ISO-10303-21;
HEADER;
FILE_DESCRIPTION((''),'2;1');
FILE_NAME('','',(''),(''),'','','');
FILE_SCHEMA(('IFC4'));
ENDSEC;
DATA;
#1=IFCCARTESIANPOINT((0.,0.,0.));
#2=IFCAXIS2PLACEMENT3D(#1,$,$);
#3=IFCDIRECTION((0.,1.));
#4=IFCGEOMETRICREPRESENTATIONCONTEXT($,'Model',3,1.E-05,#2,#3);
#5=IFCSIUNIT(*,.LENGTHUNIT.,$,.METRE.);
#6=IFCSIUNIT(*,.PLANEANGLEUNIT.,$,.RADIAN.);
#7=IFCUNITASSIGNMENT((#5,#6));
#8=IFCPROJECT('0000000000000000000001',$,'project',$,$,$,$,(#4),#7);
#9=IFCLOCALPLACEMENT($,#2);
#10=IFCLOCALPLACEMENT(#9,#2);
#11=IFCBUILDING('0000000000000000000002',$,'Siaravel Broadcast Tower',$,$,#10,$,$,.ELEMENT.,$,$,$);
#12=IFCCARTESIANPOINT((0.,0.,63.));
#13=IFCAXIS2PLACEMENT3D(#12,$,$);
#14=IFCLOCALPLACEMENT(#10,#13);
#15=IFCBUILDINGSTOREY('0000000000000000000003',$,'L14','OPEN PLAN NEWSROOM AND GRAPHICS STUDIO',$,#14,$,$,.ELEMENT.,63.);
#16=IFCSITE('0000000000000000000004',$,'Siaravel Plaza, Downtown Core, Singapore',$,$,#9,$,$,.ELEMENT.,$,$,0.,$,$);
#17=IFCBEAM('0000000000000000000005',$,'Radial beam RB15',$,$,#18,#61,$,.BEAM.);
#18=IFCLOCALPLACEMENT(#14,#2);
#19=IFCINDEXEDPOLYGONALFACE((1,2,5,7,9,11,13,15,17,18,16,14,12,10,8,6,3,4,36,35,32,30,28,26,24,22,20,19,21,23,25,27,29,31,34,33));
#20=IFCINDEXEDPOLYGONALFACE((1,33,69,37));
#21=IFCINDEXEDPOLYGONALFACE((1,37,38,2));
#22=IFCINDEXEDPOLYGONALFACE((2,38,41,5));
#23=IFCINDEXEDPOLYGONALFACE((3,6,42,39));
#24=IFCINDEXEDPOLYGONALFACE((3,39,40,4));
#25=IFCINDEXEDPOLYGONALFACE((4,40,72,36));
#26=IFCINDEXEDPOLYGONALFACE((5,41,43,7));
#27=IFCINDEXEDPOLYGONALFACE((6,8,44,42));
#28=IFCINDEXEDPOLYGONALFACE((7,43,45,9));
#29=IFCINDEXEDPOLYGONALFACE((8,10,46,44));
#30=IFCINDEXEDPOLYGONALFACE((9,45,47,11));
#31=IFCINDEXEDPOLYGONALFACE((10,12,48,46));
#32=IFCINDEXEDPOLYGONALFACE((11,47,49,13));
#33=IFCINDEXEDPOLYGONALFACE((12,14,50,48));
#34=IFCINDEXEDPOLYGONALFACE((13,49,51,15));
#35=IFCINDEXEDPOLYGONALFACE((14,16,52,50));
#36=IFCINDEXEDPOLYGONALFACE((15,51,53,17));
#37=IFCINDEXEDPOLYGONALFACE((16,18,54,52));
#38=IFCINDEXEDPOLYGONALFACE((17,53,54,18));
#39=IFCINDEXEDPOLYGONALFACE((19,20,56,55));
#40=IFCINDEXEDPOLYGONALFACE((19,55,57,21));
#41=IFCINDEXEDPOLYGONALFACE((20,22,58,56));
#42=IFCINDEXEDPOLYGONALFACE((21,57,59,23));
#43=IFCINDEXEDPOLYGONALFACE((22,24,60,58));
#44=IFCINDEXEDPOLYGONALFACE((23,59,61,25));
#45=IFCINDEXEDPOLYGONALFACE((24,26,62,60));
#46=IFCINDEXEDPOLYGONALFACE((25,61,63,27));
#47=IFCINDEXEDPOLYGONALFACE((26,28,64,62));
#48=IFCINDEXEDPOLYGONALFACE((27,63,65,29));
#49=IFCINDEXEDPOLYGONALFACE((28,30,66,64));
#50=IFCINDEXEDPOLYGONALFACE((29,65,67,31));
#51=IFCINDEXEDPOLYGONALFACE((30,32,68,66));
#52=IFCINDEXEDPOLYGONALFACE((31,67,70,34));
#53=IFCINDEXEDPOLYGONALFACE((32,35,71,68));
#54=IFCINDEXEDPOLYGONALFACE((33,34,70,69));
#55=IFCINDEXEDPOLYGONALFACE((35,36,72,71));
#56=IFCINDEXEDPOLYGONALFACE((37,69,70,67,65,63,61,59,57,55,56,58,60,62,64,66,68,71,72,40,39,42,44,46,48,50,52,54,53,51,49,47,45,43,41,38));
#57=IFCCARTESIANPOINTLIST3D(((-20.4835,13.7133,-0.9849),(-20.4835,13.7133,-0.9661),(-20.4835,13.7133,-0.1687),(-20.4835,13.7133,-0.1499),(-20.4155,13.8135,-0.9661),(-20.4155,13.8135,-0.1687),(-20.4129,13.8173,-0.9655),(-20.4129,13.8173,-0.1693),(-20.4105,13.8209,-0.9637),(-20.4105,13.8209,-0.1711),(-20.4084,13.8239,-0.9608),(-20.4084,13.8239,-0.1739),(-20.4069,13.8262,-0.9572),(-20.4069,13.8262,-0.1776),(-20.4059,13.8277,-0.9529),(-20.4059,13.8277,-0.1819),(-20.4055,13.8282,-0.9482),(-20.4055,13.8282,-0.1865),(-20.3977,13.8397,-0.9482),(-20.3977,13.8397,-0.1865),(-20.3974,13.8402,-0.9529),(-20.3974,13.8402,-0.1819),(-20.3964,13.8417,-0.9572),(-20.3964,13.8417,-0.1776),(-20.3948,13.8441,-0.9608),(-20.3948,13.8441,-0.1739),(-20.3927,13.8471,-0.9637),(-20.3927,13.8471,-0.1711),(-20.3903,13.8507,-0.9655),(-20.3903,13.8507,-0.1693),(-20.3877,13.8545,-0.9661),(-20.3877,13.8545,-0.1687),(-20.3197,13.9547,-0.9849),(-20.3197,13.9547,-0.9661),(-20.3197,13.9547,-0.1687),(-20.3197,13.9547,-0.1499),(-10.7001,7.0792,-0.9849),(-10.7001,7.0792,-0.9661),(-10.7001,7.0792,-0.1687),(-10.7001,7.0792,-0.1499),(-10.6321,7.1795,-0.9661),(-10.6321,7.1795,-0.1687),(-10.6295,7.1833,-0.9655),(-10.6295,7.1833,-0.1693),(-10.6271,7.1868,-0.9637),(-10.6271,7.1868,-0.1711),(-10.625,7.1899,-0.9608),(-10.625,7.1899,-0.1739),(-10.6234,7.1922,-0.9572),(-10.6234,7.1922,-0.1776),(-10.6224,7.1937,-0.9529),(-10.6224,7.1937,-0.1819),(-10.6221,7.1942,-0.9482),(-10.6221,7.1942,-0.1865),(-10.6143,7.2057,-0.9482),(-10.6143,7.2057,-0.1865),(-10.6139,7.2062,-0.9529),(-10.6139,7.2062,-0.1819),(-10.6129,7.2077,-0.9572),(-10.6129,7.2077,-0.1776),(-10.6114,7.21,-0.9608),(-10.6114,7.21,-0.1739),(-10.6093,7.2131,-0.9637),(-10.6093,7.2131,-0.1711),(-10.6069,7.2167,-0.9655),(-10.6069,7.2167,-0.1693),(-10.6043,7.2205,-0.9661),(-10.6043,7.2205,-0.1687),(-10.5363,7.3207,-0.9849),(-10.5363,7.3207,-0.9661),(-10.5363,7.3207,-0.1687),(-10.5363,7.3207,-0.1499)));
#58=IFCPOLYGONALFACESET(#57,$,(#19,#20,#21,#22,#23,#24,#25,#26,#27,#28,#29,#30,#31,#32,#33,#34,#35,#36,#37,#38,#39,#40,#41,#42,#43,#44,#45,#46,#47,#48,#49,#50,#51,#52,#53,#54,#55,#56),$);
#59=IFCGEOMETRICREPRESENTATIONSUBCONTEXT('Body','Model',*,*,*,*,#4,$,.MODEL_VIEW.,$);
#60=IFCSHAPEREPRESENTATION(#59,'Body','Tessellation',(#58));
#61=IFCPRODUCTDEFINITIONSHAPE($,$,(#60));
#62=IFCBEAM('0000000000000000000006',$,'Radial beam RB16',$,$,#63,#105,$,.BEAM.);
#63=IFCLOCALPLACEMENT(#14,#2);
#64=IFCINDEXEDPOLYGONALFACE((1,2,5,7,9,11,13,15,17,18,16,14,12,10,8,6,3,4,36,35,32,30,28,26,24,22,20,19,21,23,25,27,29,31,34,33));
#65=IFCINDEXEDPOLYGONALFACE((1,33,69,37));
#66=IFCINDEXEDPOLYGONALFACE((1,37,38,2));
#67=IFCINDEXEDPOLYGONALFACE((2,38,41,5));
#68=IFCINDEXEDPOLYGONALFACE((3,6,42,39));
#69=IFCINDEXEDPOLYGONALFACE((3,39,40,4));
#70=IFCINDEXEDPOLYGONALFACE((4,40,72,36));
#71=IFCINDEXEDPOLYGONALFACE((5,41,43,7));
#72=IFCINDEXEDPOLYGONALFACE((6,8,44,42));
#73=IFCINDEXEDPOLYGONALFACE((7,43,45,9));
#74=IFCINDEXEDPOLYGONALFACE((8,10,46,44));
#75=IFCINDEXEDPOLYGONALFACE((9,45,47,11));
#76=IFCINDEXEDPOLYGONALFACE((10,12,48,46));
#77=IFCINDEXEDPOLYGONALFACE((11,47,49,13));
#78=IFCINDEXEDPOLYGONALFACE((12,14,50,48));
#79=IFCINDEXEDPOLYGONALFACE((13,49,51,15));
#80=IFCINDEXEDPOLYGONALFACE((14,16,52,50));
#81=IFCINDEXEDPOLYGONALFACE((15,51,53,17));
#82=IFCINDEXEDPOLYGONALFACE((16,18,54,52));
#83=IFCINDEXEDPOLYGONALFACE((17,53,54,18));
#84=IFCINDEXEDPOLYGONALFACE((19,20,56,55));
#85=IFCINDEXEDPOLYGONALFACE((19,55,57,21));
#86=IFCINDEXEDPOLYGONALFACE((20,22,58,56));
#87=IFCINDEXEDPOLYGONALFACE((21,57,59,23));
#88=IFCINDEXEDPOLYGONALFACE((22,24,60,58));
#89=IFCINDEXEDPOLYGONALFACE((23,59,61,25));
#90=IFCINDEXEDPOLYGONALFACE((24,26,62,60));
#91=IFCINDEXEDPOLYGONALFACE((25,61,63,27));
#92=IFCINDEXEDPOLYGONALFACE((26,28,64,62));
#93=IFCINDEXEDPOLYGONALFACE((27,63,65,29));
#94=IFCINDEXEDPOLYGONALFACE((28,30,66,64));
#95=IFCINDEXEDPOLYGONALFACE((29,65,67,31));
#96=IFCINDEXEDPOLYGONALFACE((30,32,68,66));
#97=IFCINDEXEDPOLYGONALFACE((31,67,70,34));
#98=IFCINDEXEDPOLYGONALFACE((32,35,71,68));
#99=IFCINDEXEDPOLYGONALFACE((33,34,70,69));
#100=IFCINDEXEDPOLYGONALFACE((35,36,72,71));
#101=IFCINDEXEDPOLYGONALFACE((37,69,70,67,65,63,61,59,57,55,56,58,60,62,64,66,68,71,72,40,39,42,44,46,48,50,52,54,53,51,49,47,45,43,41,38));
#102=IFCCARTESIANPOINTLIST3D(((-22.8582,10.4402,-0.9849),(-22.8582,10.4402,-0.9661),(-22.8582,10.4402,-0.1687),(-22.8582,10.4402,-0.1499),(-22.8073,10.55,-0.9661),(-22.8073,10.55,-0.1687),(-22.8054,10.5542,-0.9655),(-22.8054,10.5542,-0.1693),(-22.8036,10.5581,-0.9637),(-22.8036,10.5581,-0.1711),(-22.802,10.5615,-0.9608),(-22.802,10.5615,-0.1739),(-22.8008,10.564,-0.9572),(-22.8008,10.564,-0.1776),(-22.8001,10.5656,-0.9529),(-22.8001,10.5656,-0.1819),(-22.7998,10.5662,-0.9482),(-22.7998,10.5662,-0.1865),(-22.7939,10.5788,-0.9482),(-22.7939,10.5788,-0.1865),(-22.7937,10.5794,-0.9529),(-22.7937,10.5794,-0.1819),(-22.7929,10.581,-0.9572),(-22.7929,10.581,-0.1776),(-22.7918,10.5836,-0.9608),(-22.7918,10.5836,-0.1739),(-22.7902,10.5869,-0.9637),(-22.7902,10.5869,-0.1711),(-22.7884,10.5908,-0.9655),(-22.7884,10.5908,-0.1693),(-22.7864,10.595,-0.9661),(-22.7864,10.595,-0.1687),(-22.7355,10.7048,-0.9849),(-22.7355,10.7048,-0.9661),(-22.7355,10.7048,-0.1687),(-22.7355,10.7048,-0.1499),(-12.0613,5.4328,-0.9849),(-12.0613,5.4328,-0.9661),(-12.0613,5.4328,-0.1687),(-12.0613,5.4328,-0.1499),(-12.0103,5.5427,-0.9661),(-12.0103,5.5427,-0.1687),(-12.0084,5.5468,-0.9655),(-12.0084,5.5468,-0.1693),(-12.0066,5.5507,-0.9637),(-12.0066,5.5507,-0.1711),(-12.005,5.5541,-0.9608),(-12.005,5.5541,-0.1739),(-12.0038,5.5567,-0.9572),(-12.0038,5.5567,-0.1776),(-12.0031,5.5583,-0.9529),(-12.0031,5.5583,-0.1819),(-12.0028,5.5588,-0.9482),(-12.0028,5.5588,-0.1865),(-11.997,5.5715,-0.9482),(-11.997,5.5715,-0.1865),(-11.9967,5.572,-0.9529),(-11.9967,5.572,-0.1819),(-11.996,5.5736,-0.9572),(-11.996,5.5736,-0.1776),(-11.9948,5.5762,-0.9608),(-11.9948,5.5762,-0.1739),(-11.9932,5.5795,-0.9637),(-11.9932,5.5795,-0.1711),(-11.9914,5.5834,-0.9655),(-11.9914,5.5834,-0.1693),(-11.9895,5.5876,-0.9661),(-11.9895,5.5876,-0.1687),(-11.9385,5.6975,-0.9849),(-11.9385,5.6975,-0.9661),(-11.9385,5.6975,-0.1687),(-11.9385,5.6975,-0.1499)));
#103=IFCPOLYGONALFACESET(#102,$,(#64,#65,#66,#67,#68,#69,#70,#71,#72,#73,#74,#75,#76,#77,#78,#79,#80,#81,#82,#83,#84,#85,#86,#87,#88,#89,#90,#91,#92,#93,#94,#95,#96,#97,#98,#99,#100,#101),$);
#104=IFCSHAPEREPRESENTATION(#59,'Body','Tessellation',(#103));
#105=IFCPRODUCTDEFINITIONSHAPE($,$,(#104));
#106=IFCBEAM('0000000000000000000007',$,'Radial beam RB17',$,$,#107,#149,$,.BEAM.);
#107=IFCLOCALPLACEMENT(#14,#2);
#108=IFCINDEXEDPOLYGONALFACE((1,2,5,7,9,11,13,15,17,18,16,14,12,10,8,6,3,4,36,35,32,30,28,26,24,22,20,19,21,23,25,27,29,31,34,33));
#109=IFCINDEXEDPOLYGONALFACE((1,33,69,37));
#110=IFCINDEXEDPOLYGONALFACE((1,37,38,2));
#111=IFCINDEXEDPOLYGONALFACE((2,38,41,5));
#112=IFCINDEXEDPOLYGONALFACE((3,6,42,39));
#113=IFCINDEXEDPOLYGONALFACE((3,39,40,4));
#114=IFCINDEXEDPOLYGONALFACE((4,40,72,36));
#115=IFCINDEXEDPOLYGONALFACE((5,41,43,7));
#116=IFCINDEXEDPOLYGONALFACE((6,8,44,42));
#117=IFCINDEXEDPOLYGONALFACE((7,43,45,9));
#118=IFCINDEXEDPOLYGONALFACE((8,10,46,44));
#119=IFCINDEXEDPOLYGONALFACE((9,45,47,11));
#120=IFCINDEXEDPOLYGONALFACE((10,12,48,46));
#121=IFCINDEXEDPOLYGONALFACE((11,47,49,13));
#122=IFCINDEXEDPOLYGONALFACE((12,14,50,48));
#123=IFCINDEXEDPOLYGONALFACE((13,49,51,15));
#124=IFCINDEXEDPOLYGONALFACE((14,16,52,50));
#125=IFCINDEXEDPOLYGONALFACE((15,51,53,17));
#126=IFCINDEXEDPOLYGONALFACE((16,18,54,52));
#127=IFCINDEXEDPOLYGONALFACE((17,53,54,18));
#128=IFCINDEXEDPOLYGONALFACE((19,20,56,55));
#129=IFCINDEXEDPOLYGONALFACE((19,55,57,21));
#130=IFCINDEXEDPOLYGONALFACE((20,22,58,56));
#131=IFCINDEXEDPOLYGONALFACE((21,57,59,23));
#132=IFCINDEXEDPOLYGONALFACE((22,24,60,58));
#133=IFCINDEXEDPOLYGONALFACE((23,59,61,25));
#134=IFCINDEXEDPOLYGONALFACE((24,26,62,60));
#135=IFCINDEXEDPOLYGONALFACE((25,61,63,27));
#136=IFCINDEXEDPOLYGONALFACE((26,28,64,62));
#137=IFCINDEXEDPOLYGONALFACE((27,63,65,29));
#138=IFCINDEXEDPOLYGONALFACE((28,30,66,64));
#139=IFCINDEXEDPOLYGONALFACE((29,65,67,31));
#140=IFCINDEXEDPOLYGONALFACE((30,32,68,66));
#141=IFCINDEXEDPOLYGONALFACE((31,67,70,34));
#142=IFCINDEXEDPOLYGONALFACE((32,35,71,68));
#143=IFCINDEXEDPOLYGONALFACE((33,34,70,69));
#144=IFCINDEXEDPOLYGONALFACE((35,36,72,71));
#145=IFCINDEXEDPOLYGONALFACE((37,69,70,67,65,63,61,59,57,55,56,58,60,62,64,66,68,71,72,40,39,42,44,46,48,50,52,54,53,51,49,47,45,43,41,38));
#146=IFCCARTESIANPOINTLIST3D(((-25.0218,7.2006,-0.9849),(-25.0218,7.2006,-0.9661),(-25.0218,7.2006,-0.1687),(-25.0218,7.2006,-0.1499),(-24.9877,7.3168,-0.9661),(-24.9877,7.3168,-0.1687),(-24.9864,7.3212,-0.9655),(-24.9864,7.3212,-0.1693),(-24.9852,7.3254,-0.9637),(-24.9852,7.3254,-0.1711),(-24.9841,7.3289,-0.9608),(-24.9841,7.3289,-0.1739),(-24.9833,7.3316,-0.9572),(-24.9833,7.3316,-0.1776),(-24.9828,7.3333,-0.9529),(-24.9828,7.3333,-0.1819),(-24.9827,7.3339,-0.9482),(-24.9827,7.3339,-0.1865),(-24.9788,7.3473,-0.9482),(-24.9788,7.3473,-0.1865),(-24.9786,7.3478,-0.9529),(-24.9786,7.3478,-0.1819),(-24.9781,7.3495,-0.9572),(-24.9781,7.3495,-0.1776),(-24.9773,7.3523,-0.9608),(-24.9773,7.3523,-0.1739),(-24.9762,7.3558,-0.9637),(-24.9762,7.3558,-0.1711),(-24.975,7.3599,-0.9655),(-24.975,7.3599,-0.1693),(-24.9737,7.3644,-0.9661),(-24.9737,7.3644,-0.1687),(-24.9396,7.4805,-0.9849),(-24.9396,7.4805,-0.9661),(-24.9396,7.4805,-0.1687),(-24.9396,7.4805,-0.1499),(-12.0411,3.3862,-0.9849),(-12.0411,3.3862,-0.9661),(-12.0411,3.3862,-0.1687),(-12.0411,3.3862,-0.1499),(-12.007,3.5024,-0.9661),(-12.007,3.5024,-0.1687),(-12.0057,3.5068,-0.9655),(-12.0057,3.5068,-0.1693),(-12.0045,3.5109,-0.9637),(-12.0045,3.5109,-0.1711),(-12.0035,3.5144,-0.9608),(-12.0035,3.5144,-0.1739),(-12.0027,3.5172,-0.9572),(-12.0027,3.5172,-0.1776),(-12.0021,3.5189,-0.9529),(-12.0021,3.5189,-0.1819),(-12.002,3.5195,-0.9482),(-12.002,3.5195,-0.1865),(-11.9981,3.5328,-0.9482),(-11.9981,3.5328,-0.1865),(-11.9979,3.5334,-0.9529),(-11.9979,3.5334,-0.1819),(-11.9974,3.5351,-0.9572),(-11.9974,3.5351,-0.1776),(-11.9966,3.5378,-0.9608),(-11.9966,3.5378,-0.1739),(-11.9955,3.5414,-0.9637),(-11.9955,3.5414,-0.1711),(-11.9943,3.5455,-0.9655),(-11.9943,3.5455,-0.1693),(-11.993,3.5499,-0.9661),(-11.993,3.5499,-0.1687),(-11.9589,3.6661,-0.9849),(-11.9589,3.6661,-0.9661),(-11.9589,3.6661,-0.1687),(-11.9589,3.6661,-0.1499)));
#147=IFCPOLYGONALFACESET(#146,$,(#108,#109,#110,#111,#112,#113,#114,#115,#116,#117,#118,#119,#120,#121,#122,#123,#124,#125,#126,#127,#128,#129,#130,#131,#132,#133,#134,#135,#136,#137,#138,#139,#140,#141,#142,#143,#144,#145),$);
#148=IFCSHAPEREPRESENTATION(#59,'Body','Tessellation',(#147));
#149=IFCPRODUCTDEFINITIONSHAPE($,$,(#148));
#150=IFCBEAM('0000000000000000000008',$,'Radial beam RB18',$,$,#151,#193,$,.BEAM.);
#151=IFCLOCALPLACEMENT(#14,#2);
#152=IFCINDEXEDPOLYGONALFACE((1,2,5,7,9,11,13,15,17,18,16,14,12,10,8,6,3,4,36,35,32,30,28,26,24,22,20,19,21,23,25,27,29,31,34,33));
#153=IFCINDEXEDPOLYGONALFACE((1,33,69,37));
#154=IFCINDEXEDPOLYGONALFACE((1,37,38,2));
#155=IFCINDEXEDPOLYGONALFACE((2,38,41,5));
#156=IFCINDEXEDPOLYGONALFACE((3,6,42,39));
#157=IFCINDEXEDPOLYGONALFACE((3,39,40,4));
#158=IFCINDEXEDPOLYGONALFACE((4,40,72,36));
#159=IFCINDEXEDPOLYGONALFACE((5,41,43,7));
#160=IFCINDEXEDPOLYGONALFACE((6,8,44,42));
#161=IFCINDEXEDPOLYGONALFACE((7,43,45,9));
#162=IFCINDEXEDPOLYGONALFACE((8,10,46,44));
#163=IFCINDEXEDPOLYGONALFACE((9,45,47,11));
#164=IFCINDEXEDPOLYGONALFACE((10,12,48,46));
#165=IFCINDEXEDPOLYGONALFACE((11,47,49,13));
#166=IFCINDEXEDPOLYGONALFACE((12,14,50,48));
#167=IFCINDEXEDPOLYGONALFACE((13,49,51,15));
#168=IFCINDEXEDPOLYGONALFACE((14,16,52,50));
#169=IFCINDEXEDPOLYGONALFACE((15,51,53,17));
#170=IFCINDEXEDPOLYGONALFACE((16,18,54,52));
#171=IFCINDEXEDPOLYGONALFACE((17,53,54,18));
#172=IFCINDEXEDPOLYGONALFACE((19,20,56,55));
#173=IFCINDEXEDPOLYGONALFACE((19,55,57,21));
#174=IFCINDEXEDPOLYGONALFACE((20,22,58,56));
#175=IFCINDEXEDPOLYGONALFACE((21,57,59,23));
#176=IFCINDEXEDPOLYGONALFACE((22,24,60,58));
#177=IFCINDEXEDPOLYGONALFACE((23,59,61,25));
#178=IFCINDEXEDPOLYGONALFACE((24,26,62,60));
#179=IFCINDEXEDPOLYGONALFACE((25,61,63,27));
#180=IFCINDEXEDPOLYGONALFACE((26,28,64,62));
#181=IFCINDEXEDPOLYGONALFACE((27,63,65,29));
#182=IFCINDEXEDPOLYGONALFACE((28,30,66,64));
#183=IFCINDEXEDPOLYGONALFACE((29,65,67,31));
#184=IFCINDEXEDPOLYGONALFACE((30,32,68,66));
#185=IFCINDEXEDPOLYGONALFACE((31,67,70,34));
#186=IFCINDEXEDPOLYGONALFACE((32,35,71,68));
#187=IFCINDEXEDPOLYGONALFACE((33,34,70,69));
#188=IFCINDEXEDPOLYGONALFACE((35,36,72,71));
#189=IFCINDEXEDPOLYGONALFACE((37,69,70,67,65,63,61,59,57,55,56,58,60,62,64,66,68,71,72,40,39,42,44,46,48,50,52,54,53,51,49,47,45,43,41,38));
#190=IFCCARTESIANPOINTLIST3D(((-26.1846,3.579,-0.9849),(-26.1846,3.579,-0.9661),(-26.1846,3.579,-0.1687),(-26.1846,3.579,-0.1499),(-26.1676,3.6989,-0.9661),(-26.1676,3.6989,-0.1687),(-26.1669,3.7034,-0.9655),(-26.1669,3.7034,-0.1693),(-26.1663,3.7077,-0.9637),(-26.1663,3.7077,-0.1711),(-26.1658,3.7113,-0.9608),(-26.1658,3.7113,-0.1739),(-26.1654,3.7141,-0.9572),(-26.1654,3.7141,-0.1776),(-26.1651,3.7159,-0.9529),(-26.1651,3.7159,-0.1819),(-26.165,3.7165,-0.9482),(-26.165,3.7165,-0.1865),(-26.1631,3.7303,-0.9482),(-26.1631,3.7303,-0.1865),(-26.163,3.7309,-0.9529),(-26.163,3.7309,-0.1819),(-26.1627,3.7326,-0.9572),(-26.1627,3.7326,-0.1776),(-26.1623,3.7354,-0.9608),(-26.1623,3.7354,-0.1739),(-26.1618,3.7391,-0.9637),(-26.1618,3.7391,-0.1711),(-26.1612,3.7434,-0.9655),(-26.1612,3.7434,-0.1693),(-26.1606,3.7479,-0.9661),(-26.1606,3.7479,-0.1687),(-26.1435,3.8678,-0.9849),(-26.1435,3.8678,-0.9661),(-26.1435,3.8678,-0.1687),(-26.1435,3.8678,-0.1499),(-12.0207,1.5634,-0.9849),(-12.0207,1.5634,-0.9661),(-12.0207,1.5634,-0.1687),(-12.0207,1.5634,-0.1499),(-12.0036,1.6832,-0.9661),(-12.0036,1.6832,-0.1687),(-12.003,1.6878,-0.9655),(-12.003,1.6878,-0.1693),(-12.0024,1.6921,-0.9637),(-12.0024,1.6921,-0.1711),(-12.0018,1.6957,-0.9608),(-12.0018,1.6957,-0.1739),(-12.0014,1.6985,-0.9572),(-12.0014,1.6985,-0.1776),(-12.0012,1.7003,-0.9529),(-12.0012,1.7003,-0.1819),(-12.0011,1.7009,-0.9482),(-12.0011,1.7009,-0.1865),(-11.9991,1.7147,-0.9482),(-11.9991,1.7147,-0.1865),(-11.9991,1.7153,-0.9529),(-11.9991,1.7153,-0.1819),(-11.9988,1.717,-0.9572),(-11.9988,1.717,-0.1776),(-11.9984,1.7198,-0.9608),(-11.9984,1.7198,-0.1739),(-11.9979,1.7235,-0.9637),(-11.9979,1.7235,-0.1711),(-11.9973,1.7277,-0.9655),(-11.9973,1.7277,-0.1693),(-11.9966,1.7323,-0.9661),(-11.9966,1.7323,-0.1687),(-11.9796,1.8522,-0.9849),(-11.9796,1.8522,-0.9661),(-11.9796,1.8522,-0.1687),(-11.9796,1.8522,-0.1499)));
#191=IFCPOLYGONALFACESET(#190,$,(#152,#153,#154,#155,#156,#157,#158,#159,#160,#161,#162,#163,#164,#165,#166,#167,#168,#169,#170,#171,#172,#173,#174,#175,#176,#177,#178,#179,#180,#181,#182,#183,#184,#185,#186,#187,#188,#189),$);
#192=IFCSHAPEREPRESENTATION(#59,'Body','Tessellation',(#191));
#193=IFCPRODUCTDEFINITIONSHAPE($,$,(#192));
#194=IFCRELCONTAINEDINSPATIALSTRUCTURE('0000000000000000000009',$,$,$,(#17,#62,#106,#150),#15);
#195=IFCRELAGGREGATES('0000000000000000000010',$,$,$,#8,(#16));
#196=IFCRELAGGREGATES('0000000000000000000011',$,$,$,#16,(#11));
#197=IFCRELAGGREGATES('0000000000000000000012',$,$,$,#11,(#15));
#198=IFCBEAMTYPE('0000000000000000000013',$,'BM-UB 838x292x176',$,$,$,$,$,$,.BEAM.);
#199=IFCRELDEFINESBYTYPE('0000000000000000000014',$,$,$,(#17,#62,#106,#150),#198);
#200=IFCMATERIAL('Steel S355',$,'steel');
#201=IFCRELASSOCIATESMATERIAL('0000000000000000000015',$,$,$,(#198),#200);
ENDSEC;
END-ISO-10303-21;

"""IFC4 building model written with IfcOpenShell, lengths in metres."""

from ifc_helpers import new_model, si_unit, direction, frame, origin, origin_2d, place, context, subcontext, project, spatial, i_section, extrude, material, material_profile, profile_set, type_object, element, save


model = new_model("IFC4")

# Units and contexts
model_context = context("Model", 3, precision=1e-05, world=origin(), true_north=direction((0.0, 1.0)))
body_context = subcontext(model_context, "Body", "Model", "MODEL_VIEW")
ifc_project = project(units=[si_unit("LENGTHUNIT", "METRE"), si_unit("PLANEANGLEUNIT", "RADIAN")], contexts=[model_context])

# Site, building, storey
site_placement = place(None, origin())
site = spatial("IfcSite", under=ifc_project, at=site_placement, Name="Siaravel Plaza, Downtown Core, Singapore", CompositionType="ELEMENT", RefElevation=0.0)
building_placement = place(site_placement, origin())
building = spatial("IfcBuilding", under=site, at=building_placement, Name="Siaravel Broadcast Tower", CompositionType="ELEMENT")
storey_placement = place(building_placement, frame((0.0, 0.0, 63.0)))
storey = spatial("IfcBuildingStorey", under=building, at=storey_placement, Name="L14", Description="OPEN PLAN NEWSROOM AND GRAPHICS STUDIO", CompositionType="ELEMENT", Elevation=63.0)

# Beams
ifc_material_1 = material(Name="Steel S355", Category="steel")
ifc_material_profile_1 = material_profile(ifc_material_1, i_section(OverallWidth=0.2917, OverallDepth=0.835, WebThickness=0.0139, FlangeThickness=0.0188, FilletRadius=0.0178, at=origin_2d()))
ifc_profile_set_1 = profile_set([ifc_material_profile_1], Name="Steel S355")
beam_type = type_object("IfcBeamType", Name="BM-UB 838x292x176", PredefinedType="BEAM", material=ifc_profile_set_1)
beam_1_placement = place(storey_placement, frame((-20.4016, 13.834, -0.5674), z_axis=(0.827662, -0.561227, 0.0), x_axis=(0.561227, 0.827662, 0.0)))
element("IfcBeam", 1, at=beam_1_placement, inside=storey, type_object=beam_type, Name="Radial beam RB15", PredefinedType="BEAM", context=body_context, shape_type="SweptSolid", body=[
    extrude(i_section(OverallWidth=0.2917, OverallDepth=0.835, WebThickness=0.0139, FlangeThickness=0.0188, FilletRadius=0.0178, at=origin_2d()), origin(), (0.0, 0.0, 1.0), 11.8206),
])
beam_2_placement = place(storey_placement, frame((-22.7969, 10.5725, -0.5674), z_axis=(0.907186, -0.42073, 0.0), x_axis=(0.42073, 0.907186, 0.0)))
element("IfcBeam", 2, at=beam_2_placement, inside=storey, type_object=beam_type, Name="Radial beam RB16", PredefinedType="BEAM", context=body_context, shape_type="SweptSolid", body=[
    extrude(i_section(OverallWidth=0.2917, OverallDepth=0.835, WebThickness=0.0139, FlangeThickness=0.0188, FilletRadius=0.0178, at=origin_2d()), origin(), (0.0, 0.0, 1.0), 11.9016),
])
beam_3_placement = place(storey_placement, frame((-24.9807, 7.3406, -0.5674), z_axis=(0.959434, -0.281935, 0.0), x_axis=(0.281935, 0.959434, 0.0)))
element("IfcBeam", 3, at=beam_3_placement, inside=storey, type_object=beam_type, Name="Radial beam RB17", PredefinedType="BEAM", context=body_context, shape_type="SweptSolid", body=[
    extrude(i_section(OverallWidth=0.2917, OverallDepth=0.835, WebThickness=0.0139, FlangeThickness=0.0188, FilletRadius=0.0178, at=origin_2d()), origin(), (0.0, 0.0, 1.0), 13.5295),
])
beam_4_placement = place(storey_placement, frame((-26.1641, 3.7234, -0.5674), z_axis=(0.990026, -0.140886, 0.0), x_axis=(0.140886, 0.990026, 0.0)))
element("IfcBeam", 4, at=beam_4_placement, inside=storey, type_object=beam_type, Name="Radial beam RB18", PredefinedType="BEAM", context=body_context, shape_type="SweptSolid", body=[
    extrude(i_section(OverallWidth=0.2917, OverallDepth=0.835, WebThickness=0.0139, FlangeThickness=0.0188, FilletRadius=0.0178, at=origin_2d()), origin(), (0.0, 0.0, 1.0), 14.3066),
])

save(model, "model.ifc")
